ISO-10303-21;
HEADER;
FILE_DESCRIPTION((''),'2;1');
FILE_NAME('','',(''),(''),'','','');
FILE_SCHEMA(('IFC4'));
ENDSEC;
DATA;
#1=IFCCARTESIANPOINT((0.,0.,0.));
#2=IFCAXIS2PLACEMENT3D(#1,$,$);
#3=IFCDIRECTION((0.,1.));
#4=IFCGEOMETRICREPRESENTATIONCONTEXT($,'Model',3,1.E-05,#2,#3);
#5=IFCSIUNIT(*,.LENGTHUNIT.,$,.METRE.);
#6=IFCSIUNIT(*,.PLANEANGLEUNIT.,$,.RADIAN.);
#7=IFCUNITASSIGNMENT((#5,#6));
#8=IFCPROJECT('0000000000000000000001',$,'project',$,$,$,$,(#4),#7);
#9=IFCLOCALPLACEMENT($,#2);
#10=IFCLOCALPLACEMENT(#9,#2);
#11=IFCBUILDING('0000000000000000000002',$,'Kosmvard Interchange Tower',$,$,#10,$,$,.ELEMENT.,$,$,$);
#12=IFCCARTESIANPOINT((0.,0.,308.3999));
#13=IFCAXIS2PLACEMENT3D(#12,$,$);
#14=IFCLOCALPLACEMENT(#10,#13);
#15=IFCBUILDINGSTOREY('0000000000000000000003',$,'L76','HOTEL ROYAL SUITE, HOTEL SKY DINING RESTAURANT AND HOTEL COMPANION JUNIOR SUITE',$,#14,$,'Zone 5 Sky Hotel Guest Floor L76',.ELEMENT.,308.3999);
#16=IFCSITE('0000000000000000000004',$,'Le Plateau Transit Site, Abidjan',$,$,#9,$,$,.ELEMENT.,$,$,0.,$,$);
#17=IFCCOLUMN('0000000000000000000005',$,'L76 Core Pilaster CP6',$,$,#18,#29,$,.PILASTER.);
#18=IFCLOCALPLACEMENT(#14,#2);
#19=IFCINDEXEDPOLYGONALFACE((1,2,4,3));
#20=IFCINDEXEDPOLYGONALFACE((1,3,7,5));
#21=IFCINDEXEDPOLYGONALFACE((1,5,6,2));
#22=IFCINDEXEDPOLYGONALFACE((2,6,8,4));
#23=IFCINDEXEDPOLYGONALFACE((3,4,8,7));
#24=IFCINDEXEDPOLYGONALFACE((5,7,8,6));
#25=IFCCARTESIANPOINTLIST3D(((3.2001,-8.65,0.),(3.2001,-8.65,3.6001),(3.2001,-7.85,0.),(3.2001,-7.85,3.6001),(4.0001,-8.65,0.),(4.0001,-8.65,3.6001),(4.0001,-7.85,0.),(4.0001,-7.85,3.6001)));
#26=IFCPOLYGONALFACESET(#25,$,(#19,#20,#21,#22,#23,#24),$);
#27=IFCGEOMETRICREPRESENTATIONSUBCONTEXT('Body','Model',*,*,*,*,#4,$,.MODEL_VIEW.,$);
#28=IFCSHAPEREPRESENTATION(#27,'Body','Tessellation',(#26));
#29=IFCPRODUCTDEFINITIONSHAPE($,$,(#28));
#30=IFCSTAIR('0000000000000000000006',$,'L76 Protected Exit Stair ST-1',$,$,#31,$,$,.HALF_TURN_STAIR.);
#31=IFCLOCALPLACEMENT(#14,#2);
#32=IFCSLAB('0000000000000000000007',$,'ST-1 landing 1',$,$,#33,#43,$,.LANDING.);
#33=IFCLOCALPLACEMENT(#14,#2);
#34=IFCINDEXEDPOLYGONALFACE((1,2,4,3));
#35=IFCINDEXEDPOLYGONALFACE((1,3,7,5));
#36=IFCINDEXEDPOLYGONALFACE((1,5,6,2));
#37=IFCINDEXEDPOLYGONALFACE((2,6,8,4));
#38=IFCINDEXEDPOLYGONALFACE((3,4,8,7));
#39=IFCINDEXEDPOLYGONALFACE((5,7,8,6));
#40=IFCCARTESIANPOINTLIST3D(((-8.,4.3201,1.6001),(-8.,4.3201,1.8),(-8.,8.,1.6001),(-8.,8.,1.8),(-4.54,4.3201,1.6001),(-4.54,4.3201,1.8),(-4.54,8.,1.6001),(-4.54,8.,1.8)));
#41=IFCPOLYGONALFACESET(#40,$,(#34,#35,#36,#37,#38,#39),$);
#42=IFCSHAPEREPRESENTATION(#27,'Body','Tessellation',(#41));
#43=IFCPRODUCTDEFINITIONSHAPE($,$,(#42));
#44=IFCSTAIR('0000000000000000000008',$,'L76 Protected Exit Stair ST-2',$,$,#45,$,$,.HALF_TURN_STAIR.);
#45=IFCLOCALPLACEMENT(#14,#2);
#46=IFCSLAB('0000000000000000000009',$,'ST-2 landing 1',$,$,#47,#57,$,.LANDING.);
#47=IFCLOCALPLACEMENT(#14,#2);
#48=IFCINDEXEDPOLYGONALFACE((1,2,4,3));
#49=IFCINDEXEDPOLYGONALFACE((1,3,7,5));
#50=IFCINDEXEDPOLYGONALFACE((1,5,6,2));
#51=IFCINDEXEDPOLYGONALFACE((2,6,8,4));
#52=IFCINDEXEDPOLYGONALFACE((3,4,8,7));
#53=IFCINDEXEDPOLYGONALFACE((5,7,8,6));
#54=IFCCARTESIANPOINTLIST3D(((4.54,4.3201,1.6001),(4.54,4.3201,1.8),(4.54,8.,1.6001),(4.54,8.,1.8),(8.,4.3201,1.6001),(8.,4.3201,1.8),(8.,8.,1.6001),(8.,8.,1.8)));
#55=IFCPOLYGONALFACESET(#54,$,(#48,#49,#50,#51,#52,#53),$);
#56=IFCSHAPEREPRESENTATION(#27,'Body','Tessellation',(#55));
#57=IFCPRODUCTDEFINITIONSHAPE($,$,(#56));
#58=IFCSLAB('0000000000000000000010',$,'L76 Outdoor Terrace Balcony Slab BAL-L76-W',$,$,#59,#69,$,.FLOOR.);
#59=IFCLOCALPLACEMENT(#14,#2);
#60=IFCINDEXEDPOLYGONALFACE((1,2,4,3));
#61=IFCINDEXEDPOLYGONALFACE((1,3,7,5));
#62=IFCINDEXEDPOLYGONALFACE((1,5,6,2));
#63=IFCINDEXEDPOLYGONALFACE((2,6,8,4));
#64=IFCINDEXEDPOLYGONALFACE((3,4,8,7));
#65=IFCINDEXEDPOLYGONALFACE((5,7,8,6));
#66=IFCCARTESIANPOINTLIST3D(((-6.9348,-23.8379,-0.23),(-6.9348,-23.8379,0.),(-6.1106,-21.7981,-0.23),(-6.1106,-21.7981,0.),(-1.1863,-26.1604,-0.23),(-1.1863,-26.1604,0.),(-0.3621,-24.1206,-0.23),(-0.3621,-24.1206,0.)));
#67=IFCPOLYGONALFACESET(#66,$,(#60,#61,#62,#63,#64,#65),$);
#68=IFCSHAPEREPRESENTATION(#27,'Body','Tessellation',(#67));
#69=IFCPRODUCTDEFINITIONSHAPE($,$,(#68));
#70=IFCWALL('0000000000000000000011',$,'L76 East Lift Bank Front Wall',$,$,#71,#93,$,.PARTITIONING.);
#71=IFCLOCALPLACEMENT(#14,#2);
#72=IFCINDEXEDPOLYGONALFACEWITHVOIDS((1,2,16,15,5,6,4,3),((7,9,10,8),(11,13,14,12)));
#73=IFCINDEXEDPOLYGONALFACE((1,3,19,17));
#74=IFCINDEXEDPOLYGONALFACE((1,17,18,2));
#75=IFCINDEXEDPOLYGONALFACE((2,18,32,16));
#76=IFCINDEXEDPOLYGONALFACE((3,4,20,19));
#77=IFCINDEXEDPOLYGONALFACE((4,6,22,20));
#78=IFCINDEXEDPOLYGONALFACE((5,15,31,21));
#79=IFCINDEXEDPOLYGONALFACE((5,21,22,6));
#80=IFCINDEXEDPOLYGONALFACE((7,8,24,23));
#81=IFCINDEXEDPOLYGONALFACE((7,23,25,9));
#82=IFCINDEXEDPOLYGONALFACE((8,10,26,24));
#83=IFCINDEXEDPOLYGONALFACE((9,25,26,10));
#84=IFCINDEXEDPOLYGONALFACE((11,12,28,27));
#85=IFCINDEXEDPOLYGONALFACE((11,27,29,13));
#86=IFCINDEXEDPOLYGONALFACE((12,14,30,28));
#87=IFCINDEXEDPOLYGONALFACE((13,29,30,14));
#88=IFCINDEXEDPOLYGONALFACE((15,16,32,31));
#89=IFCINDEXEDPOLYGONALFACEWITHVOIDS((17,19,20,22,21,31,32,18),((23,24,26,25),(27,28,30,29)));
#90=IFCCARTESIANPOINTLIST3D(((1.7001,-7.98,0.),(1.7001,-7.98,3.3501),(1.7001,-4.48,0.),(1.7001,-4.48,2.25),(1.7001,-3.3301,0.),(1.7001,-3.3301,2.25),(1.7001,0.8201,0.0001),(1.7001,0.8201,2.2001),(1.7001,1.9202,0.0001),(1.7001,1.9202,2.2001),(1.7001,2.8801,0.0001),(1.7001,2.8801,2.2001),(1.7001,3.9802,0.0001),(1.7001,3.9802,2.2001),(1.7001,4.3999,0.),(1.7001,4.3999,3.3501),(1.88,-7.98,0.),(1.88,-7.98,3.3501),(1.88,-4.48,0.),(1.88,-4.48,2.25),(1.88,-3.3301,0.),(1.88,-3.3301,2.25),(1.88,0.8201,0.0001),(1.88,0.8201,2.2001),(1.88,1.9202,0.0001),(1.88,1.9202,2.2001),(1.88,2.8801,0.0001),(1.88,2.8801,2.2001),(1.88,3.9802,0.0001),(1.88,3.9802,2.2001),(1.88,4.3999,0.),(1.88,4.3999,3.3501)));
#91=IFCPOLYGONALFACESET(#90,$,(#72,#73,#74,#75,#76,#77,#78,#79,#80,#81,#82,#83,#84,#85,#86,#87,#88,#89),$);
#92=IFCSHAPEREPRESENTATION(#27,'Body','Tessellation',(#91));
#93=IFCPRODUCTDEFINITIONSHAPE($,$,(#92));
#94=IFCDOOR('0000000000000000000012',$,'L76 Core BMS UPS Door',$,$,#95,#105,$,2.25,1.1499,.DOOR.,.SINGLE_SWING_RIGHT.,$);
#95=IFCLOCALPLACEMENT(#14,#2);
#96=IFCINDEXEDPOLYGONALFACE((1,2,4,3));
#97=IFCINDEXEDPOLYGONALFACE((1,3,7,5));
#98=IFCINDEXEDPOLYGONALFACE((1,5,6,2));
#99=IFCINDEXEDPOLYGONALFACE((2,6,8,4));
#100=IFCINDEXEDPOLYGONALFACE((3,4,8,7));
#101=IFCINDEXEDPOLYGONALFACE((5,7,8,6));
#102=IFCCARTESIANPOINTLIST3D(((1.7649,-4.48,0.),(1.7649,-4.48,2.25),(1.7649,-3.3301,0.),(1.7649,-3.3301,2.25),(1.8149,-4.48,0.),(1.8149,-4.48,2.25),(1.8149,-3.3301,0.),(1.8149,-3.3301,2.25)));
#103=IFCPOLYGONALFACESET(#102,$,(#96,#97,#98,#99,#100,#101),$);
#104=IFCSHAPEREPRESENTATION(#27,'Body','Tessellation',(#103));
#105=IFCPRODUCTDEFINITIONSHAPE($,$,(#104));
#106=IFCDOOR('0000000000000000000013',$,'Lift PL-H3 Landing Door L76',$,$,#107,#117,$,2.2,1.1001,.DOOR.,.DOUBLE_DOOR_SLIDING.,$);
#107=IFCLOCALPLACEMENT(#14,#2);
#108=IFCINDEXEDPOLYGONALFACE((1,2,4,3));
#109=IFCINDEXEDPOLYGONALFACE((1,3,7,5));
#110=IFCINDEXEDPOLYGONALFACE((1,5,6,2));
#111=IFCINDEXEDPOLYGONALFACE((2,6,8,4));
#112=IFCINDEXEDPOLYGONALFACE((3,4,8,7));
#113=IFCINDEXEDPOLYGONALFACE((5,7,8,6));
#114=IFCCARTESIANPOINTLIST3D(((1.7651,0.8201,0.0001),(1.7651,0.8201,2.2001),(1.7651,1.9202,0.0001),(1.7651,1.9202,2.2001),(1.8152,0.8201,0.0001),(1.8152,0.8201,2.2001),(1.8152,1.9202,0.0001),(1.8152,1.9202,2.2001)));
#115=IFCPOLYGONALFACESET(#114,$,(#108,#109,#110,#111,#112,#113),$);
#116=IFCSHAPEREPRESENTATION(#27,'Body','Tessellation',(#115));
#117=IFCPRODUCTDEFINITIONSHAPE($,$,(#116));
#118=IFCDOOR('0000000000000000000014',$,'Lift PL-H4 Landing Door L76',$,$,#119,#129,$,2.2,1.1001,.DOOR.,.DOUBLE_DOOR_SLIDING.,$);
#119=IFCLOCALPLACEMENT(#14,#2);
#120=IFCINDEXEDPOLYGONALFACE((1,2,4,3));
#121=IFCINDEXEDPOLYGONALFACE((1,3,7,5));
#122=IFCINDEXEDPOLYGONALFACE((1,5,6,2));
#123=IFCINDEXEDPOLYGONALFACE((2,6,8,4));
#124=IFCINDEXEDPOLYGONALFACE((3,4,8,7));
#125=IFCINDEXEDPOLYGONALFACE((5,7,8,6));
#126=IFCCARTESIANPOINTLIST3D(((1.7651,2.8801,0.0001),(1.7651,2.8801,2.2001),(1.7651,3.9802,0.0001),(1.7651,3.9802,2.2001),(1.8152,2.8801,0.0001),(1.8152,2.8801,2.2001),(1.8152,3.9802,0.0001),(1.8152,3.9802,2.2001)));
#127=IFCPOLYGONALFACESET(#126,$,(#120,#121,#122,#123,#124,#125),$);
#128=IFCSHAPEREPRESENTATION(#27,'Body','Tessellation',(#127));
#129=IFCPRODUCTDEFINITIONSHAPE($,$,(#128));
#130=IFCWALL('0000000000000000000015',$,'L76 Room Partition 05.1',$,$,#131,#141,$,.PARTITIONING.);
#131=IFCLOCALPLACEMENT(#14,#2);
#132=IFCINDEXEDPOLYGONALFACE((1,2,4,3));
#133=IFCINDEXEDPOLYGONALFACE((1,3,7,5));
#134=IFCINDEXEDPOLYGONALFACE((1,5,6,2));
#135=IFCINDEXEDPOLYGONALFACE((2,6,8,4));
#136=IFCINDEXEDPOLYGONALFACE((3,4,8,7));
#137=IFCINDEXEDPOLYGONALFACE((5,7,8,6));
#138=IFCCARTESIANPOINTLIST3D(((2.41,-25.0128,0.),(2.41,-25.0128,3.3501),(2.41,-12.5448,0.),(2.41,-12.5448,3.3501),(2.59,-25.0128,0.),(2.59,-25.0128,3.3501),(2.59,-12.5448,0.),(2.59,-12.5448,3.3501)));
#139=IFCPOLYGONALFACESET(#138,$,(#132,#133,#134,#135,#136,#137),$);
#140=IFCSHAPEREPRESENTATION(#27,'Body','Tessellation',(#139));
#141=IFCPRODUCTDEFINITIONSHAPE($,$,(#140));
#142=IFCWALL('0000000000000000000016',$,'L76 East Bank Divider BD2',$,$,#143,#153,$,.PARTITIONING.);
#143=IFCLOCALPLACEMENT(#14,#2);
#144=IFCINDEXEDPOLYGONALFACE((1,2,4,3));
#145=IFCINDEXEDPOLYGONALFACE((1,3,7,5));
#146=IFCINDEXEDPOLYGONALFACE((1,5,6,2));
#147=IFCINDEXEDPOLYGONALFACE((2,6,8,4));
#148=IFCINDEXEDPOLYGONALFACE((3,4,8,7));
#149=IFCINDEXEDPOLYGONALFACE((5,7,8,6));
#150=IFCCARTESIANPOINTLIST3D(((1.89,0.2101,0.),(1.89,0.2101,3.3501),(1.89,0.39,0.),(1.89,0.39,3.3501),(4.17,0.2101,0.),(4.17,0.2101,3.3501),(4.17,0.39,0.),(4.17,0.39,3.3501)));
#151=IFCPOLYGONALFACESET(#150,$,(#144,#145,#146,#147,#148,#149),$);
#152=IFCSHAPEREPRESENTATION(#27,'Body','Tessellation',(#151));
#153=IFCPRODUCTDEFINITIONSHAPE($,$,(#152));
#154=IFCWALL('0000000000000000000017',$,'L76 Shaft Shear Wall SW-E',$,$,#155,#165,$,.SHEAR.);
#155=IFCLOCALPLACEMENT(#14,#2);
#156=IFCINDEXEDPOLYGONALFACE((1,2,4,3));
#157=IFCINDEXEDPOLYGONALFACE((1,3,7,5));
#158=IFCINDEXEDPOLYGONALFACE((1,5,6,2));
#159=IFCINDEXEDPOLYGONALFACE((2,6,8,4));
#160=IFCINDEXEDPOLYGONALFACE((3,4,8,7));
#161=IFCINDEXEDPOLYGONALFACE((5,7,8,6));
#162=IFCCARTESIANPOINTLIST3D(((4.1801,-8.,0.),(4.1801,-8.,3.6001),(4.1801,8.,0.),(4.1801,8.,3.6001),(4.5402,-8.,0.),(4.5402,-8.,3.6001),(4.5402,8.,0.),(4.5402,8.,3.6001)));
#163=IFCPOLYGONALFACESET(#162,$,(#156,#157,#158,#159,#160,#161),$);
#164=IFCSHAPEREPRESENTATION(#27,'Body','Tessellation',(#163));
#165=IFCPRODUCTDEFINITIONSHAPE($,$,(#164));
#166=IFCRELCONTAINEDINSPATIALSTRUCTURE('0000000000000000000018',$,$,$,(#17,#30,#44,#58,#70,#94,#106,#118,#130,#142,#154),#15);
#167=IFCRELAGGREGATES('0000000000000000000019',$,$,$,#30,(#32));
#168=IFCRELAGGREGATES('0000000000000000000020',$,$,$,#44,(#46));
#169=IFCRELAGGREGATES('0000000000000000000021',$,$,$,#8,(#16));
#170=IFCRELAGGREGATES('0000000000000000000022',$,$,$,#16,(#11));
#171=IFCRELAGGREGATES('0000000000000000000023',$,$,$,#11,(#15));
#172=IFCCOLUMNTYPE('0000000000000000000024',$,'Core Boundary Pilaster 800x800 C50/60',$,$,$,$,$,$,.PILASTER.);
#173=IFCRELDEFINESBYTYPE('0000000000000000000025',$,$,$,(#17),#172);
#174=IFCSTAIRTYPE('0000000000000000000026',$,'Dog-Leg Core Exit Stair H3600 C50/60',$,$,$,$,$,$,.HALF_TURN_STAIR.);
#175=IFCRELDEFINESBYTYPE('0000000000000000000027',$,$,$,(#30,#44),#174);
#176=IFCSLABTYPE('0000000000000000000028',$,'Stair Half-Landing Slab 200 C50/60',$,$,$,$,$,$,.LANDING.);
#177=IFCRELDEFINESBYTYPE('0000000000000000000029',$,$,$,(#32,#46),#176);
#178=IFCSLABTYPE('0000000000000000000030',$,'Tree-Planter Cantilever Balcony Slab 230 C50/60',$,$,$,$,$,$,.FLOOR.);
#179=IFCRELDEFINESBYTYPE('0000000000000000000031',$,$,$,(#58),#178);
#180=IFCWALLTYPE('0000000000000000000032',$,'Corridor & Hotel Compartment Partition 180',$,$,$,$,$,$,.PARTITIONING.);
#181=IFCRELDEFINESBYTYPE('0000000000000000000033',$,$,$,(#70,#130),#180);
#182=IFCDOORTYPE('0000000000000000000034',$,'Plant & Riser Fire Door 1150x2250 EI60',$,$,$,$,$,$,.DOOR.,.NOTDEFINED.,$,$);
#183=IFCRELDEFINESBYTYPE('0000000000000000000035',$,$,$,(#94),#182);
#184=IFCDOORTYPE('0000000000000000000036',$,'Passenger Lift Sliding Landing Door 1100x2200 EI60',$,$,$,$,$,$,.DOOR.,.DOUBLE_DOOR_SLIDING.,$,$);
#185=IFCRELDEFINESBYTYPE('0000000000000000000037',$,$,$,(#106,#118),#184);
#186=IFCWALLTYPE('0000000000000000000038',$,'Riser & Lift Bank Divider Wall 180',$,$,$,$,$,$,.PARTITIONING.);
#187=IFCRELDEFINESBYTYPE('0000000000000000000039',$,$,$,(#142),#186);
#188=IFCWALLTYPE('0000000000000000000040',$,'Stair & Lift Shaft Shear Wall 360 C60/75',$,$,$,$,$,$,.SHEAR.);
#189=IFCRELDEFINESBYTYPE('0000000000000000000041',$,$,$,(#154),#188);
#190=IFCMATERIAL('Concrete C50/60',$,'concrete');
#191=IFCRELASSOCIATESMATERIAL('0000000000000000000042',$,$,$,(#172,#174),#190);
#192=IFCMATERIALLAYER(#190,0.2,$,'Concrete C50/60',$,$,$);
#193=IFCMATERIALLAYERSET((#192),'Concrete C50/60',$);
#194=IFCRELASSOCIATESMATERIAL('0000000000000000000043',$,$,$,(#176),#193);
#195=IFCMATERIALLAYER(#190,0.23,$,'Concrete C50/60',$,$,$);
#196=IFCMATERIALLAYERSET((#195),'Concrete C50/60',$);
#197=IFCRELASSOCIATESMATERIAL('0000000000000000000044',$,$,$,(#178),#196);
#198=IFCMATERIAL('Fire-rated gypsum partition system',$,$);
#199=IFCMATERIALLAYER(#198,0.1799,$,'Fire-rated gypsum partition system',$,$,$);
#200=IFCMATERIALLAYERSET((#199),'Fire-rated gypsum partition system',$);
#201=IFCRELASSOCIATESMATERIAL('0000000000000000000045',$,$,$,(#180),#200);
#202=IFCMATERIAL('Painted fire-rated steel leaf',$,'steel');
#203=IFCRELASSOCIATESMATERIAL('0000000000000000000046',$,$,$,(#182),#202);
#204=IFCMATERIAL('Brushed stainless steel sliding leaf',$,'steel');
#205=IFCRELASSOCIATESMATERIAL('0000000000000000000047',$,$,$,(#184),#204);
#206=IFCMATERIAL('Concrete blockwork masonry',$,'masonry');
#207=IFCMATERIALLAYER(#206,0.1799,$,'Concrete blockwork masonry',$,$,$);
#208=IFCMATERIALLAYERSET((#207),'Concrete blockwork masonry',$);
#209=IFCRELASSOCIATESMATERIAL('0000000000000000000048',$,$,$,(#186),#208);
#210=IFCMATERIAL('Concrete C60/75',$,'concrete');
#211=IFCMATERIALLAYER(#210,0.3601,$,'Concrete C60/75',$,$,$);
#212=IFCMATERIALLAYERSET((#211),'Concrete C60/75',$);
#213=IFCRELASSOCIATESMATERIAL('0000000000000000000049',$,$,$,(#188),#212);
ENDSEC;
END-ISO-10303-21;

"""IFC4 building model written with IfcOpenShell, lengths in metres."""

from ifc_helpers import new_model, si_unit, direction, frame, frame_2d, origin, origin_2d, place, context, subcontext, project, spatial, polyline, rectangle, outline, extrude, source, transform, mapped, material, layer, layer_set, material_profile, profile_set, type_object, element, fill, aggregate, save


model = new_model("IFC4")

# Units and contexts
model_context = context("Model", 3, precision=1e-05, world=origin(), true_north=direction((0.0, 1.0)))
body_context = subcontext(model_context, "Body", "Model", "MODEL_VIEW")
ifc_project = project(units=[si_unit("LENGTHUNIT", "METRE"), si_unit("PLANEANGLEUNIT", "RADIAN")], contexts=[model_context])

# Site, building, storey
site_placement = place(None, origin())
site = spatial("IfcSite", under=ifc_project, at=site_placement, Name="Le Plateau Transit Site, Abidjan", CompositionType="ELEMENT", RefElevation=0.0)
building_placement = place(site_placement, origin())
building = spatial("IfcBuilding", under=site, at=building_placement, Name="Kosmvard Interchange Tower", CompositionType="ELEMENT")
storey_placement = place(building_placement, frame((0.0, 0.0, 308.3999)))
storey = spatial("IfcBuildingStorey", under=building, at=storey_placement, Name="L76", Description="HOTEL ROYAL SUITE, HOTEL SKY DINING RESTAURANT AND HOTEL COMPANION JUNIOR SUITE", LongName="Zone 5 Sky Hotel Guest Floor L76", CompositionType="ELEMENT", Elevation=308.3999)

# Column
ifc_material_1 = material(Name="Concrete C50/60", Category="concrete")
ifc_material_profile = material_profile(ifc_material_1, rectangle(XDim=0.8, YDim=0.8, at=origin_2d()), Name="CP 800x800")
ifc_profile_set = profile_set([ifc_material_profile], Name="Concrete C50/60")
column_type = type_object("IfcColumnType", Name="Core Boundary Pilaster 800x800 C50/60", PredefinedType="PILASTER", material=ifc_profile_set)
shared_shape_1 = source(origin(), body_context, "Body", "SweptSolid", [
    extrude(rectangle(XDim=0.8, YDim=0.8, at=origin_2d()), origin(), (0.0, 0.0, 1.0), 3.6001),
])
column_placement = place(storey_placement, frame((3.6001, -8.25, 0.0), z_axis=(0.0, 0.0, 1.0), x_axis=(1.0, 0.0, 0.0)))
element("IfcColumn", 1, at=column_placement, inside=storey, type_object=column_type, Name="L76 Core Pilaster CP6", PredefinedType="PILASTER", context=body_context, shape_type="MappedRepresentation", body=[
    mapped(shared_shape_1, transform((0.0, 0.0, 0.0), scale=1.0)),
])

# Stairs, slabs
stair_type = type_object("IfcStairType", Name="Dog-Leg Core Exit Stair H3600 C50/60", PredefinedType="HALF_TURN_STAIR", material=ifc_material_1)
stair_1_placement = place(storey_placement, origin())
stair_1 = element("IfcStair", 2, at=stair_1_placement, inside=storey, type_object=stair_type, Name="L76 Protected Exit Stair ST-1", PredefinedType="HALF_TURN_STAIR")
ifc_layer_1 = layer(ifc_material_1, 0.2, Name="Concrete C50/60")
ifc_layer_set_1 = layer_set([ifc_layer_1], Name="Concrete C50/60")
slab_type_1 = type_object("IfcSlabType", Name="Stair Half-Landing Slab 200 C50/60", PredefinedType="LANDING", material=ifc_layer_set_1)
slab_1_placement = place(storey_placement, frame((0.0, 0.0, 1.6001)))
slab_1 = element("IfcSlab", 3, at=slab_1_placement, type_object=slab_type_1, Name="ST-1 landing 1", PredefinedType="LANDING", context=body_context, shape_type="SweptSolid", body=[
    extrude(outline(polyline([(-4.54, 4.3201), (-4.54, 8.0), (-8.0, 8.0), (-8.0, 4.3201), (-4.54, 4.3201)])), origin(), (0.0, 0.0, 1.0), 0.2),
])
aggregate(stair_1, [slab_1])
stair_2_placement = place(storey_placement, origin())
stair_2 = element("IfcStair", 4, at=stair_2_placement, inside=storey, type_object=stair_type, Name="L76 Protected Exit Stair ST-2", PredefinedType="HALF_TURN_STAIR")
slab_2_placement = place(storey_placement, frame((0.0, 0.0, 1.6001)))
slab_2 = element("IfcSlab", 5, at=slab_2_placement, type_object=slab_type_1, Name="ST-2 landing 1", PredefinedType="LANDING", context=body_context, shape_type="SweptSolid", body=[
    extrude(outline(polyline([(8.0, 4.3201), (8.0, 8.0), (4.54, 8.0), (4.54, 4.3201), (8.0, 4.3201)])), origin(), (0.0, 0.0, 1.0), 0.2),
])
aggregate(stair_2, [slab_2])

# Slab
ifc_layer_2 = layer(ifc_material_1, 0.23, Name="Concrete C50/60")
ifc_layer_set_2 = layer_set([ifc_layer_2], Name="Concrete C50/60")
slab_type_2 = type_object("IfcSlabType", Name="Tree-Planter Cantilever Balcony Slab 230 C50/60", PredefinedType="FLOOR", material=ifc_layer_set_2)
slab_3_placement = place(storey_placement, frame((0.0, 0.0, -0.23)))
element("IfcSlab", 6, at=slab_3_placement, inside=storey, type_object=slab_type_2, Name="L76 Outdoor Terrace Balcony Slab BAL-L76-W", PredefinedType="FLOOR", context=body_context, shape_type="SweptSolid", body=[
    extrude(outline(polyline([(-1.1863, -26.1604), (-0.3621, -24.1206), (-6.1106, -21.7981), (-6.9348, -23.8379), (-1.1863, -26.1604)])), origin(), (0.0, 0.0, 1.0), 0.23),
])

# Wall, openings, doors
ifc_material_2 = material(Name="Fire-rated gypsum partition system")
ifc_layer_3 = layer(ifc_material_2, 0.1799, Name="Fire-rated gypsum partition system")
ifc_layer_set_3 = layer_set([ifc_layer_3], Name="Fire-rated gypsum partition system")
wall_type_1 = type_object("IfcWallType", Name="Corridor & Hotel Compartment Partition 180", PredefinedType="PARTITIONING", material=ifc_layer_set_3)
wall_1_placement = place(storey_placement, frame((1.79, -7.98, 0.0), z_axis=(0.0, 0.0, 1.0), x_axis=(0.0, 1.0, 0.0)))
wall_1 = element("IfcWall", 7, at=wall_1_placement, inside=storey, type_object=wall_type_1, Name="L76 East Lift Bank Front Wall", PredefinedType="PARTITIONING", context=body_context, shape_type="SweptSolid", body=[
    extrude(rectangle(XDim=12.3799, YDim=0.1799, at=frame_2d((6.1899, 0.0))), origin(), (0.0, 0.0, 1.0), 3.3501),
])
opening_1_placement = place(wall_1_placement, frame((8.8, 0.0, 0.0)))
opening_1 = element("IfcOpeningElement", 8, at=opening_1_placement, cuts=wall_1, PredefinedType="OPENING", context=body_context, shape_type="SweptSolid", body=[
    extrude(rectangle(XDim=1.1001, YDim=2.2, at=frame_2d((0.55, 1.1001))), frame((0.0, 0.1001, 0.0), z_axis=(0.0, -1.0, 0.0), x_axis=(1.0, 0.0, 0.0)), (0.0, 0.0, 1.0), 0.2),
])
opening_2_placement = place(wall_1_placement, frame((10.8601, 0.0, 0.0)))
opening_2 = element("IfcOpeningElement", 9, at=opening_2_placement, cuts=wall_1, PredefinedType="OPENING", context=body_context, shape_type="SweptSolid", body=[
    extrude(rectangle(XDim=1.1001, YDim=2.2, at=frame_2d((0.55, 1.1001))), frame((0.0, 0.1001, 0.0), z_axis=(0.0, -1.0, 0.0), x_axis=(1.0, 0.0, 0.0)), (0.0, 0.0, 1.0), 0.2),
])
opening_3_placement = place(wall_1_placement, frame((3.5, 0.0, 0.0)))
opening_3 = element("IfcOpeningElement", 10, at=opening_3_placement, cuts=wall_1, PredefinedType="OPENING", context=body_context, shape_type="SweptSolid", body=[
    extrude(rectangle(XDim=1.1499, YDim=2.25, at=frame_2d((0.575, 1.125))), frame((0.0, 0.1001, 0.0), z_axis=(0.0, -1.0, 0.0), x_axis=(1.0, 0.0, 0.0)), (0.0, 0.0, 1.0), 0.2),
])
ifc_material_3 = material(Name="Painted fire-rated steel leaf", Category="steel")
door_type_1 = type_object("IfcDoorType", Name="Plant & Riser Fire Door 1150x2250 EI60", OperationType="NOTDEFINED", PredefinedType="DOOR", material=ifc_material_3)
shared_shape_2 = source(origin(), body_context, "Body", "SweptSolid", [
    extrude(rectangle(XDim=1.1499, YDim=2.25, at=frame_2d((0.575, 1.125))), frame((0.0, 0.0249, 0.0), z_axis=(0.0, -1.0, 0.0), x_axis=(1.0, 0.0, 0.0)), (0.0, 0.0, 1.0), 0.05),
])
door_1_placement = place(opening_3_placement, frame((1.1499, 0.0, 0.0), z_axis=(0.0, 0.0, 1.0), x_axis=(-1.0, 0.0, 0.0)))
door_1 = element("IfcDoor", 11, at=door_1_placement, inside=storey, type_object=door_type_1, Name="L76 Core BMS UPS Door", OperationType="SINGLE_SWING_RIGHT", OverallHeight=2.25, OverallWidth=1.1499, PredefinedType="DOOR", context=body_context, shape_type="MappedRepresentation", body=[
    mapped(shared_shape_2, transform((0.0, 0.0, 0.0), scale=1.0)),
])
fill(opening_3, door_1)
ifc_material_4 = material(Name="Brushed stainless steel sliding leaf", Category="steel")
door_type_2 = type_object("IfcDoorType", Name="Passenger Lift Sliding Landing Door 1100x2200 EI60", OperationType="DOUBLE_DOOR_SLIDING", PredefinedType="DOOR", material=ifc_material_4)
shared_shape_3 = source(origin(), body_context, "Body", "SweptSolid", [
    extrude(rectangle(XDim=1.1001, YDim=2.2, at=frame_2d((0.55, 1.1001))), frame((0.0, 0.0249, 0.0), z_axis=(0.0, -1.0, 0.0), x_axis=(1.0, 0.0, 0.0)), (0.0, 0.0, 1.0), 0.05),
])
door_2_placement = place(opening_1_placement, origin())
door_2 = element("IfcDoor", 12, at=door_2_placement, inside=storey, type_object=door_type_2, Name="Lift PL-H3 Landing Door L76", OperationType="DOUBLE_DOOR_SLIDING", OverallHeight=2.2, OverallWidth=1.1001, PredefinedType="DOOR", context=body_context, shape_type="MappedRepresentation", body=[
    mapped(shared_shape_3, transform((0.0, 0.0, 0.0), scale=1.0)),
])
fill(opening_1, door_2)
door_3_placement = place(opening_2_placement, origin())
door_3 = element("IfcDoor", 13, at=door_3_placement, inside=storey, type_object=door_type_2, Name="Lift PL-H4 Landing Door L76", OperationType="DOUBLE_DOOR_SLIDING", OverallHeight=2.2, OverallWidth=1.1001, PredefinedType="DOOR", context=body_context, shape_type="MappedRepresentation", body=[
    mapped(shared_shape_3, transform((0.0, 0.0, 0.0), scale=1.0)),
])
fill(opening_2, door_3)

# Walls
wall_2_placement = place(storey_placement, frame((2.5, -12.5449, 0.0), z_axis=(0.0, 0.0, 1.0), x_axis=(0.0, -1.0, 0.0)))
element("IfcWall", 14, at=wall_2_placement, inside=storey, type_object=wall_type_1, Name="L76 Room Partition 05.1", PredefinedType="PARTITIONING", context=body_context, shape_type="SweptSolid", body=[
    extrude(rectangle(XDim=12.468, YDim=0.1799, at=frame_2d((6.2339, 0.0))), origin(), (0.0, 0.0, 1.0), 3.3501),
])
ifc_material_5 = material(Name="Concrete blockwork masonry", Category="masonry")
ifc_layer_4 = layer(ifc_material_5, 0.1799, Name="Concrete blockwork masonry")
ifc_layer_set_4 = layer_set([ifc_layer_4], Name="Concrete blockwork masonry")
wall_type_2 = type_object("IfcWallType", Name="Riser & Lift Bank Divider Wall 180", PredefinedType="PARTITIONING", material=ifc_layer_set_4)
wall_3_placement = place(storey_placement, frame((1.8899, 0.3, 0.0), z_axis=(0.0, 0.0, 1.0), x_axis=(1.0, 0.0, 0.0)))
element("IfcWall", 15, at=wall_3_placement, inside=storey, type_object=wall_type_2, Name="L76 East Bank Divider BD2", PredefinedType="PARTITIONING", context=body_context, shape_type="SweptSolid", body=[
    extrude(rectangle(XDim=2.28, YDim=0.1799, at=frame_2d((1.1401, 0.0))), origin(), (0.0, 0.0, 1.0), 3.3501),
])
ifc_material_6 = material(Name="Concrete C60/75", Category="concrete")
ifc_layer_5 = layer(ifc_material_6, 0.3601, Name="Concrete C60/75")
ifc_layer_set_5 = layer_set([ifc_layer_5], Name="Concrete C60/75")
wall_type_3 = type_object("IfcWallType", Name="Stair & Lift Shaft Shear Wall 360 C60/75", PredefinedType="SHEAR", material=ifc_layer_set_5)
wall_4_placement = place(storey_placement, frame((4.3601, -8.0, 0.0), z_axis=(0.0, 0.0, 1.0), x_axis=(0.0, 1.0, 0.0)))
element("IfcWall", 16, at=wall_4_placement, inside=storey, type_object=wall_type_3, Name="L76 Shaft Shear Wall SW-E", PredefinedType="SHEAR", context=body_context, shape_type="SweptSolid", body=[
    extrude(rectangle(XDim=16.0, YDim=0.3601, at=frame_2d((8.0, 0.0))), origin(), (0.0, 0.0, 1.0), 3.6001),
])

save(model, "model.ifc")
